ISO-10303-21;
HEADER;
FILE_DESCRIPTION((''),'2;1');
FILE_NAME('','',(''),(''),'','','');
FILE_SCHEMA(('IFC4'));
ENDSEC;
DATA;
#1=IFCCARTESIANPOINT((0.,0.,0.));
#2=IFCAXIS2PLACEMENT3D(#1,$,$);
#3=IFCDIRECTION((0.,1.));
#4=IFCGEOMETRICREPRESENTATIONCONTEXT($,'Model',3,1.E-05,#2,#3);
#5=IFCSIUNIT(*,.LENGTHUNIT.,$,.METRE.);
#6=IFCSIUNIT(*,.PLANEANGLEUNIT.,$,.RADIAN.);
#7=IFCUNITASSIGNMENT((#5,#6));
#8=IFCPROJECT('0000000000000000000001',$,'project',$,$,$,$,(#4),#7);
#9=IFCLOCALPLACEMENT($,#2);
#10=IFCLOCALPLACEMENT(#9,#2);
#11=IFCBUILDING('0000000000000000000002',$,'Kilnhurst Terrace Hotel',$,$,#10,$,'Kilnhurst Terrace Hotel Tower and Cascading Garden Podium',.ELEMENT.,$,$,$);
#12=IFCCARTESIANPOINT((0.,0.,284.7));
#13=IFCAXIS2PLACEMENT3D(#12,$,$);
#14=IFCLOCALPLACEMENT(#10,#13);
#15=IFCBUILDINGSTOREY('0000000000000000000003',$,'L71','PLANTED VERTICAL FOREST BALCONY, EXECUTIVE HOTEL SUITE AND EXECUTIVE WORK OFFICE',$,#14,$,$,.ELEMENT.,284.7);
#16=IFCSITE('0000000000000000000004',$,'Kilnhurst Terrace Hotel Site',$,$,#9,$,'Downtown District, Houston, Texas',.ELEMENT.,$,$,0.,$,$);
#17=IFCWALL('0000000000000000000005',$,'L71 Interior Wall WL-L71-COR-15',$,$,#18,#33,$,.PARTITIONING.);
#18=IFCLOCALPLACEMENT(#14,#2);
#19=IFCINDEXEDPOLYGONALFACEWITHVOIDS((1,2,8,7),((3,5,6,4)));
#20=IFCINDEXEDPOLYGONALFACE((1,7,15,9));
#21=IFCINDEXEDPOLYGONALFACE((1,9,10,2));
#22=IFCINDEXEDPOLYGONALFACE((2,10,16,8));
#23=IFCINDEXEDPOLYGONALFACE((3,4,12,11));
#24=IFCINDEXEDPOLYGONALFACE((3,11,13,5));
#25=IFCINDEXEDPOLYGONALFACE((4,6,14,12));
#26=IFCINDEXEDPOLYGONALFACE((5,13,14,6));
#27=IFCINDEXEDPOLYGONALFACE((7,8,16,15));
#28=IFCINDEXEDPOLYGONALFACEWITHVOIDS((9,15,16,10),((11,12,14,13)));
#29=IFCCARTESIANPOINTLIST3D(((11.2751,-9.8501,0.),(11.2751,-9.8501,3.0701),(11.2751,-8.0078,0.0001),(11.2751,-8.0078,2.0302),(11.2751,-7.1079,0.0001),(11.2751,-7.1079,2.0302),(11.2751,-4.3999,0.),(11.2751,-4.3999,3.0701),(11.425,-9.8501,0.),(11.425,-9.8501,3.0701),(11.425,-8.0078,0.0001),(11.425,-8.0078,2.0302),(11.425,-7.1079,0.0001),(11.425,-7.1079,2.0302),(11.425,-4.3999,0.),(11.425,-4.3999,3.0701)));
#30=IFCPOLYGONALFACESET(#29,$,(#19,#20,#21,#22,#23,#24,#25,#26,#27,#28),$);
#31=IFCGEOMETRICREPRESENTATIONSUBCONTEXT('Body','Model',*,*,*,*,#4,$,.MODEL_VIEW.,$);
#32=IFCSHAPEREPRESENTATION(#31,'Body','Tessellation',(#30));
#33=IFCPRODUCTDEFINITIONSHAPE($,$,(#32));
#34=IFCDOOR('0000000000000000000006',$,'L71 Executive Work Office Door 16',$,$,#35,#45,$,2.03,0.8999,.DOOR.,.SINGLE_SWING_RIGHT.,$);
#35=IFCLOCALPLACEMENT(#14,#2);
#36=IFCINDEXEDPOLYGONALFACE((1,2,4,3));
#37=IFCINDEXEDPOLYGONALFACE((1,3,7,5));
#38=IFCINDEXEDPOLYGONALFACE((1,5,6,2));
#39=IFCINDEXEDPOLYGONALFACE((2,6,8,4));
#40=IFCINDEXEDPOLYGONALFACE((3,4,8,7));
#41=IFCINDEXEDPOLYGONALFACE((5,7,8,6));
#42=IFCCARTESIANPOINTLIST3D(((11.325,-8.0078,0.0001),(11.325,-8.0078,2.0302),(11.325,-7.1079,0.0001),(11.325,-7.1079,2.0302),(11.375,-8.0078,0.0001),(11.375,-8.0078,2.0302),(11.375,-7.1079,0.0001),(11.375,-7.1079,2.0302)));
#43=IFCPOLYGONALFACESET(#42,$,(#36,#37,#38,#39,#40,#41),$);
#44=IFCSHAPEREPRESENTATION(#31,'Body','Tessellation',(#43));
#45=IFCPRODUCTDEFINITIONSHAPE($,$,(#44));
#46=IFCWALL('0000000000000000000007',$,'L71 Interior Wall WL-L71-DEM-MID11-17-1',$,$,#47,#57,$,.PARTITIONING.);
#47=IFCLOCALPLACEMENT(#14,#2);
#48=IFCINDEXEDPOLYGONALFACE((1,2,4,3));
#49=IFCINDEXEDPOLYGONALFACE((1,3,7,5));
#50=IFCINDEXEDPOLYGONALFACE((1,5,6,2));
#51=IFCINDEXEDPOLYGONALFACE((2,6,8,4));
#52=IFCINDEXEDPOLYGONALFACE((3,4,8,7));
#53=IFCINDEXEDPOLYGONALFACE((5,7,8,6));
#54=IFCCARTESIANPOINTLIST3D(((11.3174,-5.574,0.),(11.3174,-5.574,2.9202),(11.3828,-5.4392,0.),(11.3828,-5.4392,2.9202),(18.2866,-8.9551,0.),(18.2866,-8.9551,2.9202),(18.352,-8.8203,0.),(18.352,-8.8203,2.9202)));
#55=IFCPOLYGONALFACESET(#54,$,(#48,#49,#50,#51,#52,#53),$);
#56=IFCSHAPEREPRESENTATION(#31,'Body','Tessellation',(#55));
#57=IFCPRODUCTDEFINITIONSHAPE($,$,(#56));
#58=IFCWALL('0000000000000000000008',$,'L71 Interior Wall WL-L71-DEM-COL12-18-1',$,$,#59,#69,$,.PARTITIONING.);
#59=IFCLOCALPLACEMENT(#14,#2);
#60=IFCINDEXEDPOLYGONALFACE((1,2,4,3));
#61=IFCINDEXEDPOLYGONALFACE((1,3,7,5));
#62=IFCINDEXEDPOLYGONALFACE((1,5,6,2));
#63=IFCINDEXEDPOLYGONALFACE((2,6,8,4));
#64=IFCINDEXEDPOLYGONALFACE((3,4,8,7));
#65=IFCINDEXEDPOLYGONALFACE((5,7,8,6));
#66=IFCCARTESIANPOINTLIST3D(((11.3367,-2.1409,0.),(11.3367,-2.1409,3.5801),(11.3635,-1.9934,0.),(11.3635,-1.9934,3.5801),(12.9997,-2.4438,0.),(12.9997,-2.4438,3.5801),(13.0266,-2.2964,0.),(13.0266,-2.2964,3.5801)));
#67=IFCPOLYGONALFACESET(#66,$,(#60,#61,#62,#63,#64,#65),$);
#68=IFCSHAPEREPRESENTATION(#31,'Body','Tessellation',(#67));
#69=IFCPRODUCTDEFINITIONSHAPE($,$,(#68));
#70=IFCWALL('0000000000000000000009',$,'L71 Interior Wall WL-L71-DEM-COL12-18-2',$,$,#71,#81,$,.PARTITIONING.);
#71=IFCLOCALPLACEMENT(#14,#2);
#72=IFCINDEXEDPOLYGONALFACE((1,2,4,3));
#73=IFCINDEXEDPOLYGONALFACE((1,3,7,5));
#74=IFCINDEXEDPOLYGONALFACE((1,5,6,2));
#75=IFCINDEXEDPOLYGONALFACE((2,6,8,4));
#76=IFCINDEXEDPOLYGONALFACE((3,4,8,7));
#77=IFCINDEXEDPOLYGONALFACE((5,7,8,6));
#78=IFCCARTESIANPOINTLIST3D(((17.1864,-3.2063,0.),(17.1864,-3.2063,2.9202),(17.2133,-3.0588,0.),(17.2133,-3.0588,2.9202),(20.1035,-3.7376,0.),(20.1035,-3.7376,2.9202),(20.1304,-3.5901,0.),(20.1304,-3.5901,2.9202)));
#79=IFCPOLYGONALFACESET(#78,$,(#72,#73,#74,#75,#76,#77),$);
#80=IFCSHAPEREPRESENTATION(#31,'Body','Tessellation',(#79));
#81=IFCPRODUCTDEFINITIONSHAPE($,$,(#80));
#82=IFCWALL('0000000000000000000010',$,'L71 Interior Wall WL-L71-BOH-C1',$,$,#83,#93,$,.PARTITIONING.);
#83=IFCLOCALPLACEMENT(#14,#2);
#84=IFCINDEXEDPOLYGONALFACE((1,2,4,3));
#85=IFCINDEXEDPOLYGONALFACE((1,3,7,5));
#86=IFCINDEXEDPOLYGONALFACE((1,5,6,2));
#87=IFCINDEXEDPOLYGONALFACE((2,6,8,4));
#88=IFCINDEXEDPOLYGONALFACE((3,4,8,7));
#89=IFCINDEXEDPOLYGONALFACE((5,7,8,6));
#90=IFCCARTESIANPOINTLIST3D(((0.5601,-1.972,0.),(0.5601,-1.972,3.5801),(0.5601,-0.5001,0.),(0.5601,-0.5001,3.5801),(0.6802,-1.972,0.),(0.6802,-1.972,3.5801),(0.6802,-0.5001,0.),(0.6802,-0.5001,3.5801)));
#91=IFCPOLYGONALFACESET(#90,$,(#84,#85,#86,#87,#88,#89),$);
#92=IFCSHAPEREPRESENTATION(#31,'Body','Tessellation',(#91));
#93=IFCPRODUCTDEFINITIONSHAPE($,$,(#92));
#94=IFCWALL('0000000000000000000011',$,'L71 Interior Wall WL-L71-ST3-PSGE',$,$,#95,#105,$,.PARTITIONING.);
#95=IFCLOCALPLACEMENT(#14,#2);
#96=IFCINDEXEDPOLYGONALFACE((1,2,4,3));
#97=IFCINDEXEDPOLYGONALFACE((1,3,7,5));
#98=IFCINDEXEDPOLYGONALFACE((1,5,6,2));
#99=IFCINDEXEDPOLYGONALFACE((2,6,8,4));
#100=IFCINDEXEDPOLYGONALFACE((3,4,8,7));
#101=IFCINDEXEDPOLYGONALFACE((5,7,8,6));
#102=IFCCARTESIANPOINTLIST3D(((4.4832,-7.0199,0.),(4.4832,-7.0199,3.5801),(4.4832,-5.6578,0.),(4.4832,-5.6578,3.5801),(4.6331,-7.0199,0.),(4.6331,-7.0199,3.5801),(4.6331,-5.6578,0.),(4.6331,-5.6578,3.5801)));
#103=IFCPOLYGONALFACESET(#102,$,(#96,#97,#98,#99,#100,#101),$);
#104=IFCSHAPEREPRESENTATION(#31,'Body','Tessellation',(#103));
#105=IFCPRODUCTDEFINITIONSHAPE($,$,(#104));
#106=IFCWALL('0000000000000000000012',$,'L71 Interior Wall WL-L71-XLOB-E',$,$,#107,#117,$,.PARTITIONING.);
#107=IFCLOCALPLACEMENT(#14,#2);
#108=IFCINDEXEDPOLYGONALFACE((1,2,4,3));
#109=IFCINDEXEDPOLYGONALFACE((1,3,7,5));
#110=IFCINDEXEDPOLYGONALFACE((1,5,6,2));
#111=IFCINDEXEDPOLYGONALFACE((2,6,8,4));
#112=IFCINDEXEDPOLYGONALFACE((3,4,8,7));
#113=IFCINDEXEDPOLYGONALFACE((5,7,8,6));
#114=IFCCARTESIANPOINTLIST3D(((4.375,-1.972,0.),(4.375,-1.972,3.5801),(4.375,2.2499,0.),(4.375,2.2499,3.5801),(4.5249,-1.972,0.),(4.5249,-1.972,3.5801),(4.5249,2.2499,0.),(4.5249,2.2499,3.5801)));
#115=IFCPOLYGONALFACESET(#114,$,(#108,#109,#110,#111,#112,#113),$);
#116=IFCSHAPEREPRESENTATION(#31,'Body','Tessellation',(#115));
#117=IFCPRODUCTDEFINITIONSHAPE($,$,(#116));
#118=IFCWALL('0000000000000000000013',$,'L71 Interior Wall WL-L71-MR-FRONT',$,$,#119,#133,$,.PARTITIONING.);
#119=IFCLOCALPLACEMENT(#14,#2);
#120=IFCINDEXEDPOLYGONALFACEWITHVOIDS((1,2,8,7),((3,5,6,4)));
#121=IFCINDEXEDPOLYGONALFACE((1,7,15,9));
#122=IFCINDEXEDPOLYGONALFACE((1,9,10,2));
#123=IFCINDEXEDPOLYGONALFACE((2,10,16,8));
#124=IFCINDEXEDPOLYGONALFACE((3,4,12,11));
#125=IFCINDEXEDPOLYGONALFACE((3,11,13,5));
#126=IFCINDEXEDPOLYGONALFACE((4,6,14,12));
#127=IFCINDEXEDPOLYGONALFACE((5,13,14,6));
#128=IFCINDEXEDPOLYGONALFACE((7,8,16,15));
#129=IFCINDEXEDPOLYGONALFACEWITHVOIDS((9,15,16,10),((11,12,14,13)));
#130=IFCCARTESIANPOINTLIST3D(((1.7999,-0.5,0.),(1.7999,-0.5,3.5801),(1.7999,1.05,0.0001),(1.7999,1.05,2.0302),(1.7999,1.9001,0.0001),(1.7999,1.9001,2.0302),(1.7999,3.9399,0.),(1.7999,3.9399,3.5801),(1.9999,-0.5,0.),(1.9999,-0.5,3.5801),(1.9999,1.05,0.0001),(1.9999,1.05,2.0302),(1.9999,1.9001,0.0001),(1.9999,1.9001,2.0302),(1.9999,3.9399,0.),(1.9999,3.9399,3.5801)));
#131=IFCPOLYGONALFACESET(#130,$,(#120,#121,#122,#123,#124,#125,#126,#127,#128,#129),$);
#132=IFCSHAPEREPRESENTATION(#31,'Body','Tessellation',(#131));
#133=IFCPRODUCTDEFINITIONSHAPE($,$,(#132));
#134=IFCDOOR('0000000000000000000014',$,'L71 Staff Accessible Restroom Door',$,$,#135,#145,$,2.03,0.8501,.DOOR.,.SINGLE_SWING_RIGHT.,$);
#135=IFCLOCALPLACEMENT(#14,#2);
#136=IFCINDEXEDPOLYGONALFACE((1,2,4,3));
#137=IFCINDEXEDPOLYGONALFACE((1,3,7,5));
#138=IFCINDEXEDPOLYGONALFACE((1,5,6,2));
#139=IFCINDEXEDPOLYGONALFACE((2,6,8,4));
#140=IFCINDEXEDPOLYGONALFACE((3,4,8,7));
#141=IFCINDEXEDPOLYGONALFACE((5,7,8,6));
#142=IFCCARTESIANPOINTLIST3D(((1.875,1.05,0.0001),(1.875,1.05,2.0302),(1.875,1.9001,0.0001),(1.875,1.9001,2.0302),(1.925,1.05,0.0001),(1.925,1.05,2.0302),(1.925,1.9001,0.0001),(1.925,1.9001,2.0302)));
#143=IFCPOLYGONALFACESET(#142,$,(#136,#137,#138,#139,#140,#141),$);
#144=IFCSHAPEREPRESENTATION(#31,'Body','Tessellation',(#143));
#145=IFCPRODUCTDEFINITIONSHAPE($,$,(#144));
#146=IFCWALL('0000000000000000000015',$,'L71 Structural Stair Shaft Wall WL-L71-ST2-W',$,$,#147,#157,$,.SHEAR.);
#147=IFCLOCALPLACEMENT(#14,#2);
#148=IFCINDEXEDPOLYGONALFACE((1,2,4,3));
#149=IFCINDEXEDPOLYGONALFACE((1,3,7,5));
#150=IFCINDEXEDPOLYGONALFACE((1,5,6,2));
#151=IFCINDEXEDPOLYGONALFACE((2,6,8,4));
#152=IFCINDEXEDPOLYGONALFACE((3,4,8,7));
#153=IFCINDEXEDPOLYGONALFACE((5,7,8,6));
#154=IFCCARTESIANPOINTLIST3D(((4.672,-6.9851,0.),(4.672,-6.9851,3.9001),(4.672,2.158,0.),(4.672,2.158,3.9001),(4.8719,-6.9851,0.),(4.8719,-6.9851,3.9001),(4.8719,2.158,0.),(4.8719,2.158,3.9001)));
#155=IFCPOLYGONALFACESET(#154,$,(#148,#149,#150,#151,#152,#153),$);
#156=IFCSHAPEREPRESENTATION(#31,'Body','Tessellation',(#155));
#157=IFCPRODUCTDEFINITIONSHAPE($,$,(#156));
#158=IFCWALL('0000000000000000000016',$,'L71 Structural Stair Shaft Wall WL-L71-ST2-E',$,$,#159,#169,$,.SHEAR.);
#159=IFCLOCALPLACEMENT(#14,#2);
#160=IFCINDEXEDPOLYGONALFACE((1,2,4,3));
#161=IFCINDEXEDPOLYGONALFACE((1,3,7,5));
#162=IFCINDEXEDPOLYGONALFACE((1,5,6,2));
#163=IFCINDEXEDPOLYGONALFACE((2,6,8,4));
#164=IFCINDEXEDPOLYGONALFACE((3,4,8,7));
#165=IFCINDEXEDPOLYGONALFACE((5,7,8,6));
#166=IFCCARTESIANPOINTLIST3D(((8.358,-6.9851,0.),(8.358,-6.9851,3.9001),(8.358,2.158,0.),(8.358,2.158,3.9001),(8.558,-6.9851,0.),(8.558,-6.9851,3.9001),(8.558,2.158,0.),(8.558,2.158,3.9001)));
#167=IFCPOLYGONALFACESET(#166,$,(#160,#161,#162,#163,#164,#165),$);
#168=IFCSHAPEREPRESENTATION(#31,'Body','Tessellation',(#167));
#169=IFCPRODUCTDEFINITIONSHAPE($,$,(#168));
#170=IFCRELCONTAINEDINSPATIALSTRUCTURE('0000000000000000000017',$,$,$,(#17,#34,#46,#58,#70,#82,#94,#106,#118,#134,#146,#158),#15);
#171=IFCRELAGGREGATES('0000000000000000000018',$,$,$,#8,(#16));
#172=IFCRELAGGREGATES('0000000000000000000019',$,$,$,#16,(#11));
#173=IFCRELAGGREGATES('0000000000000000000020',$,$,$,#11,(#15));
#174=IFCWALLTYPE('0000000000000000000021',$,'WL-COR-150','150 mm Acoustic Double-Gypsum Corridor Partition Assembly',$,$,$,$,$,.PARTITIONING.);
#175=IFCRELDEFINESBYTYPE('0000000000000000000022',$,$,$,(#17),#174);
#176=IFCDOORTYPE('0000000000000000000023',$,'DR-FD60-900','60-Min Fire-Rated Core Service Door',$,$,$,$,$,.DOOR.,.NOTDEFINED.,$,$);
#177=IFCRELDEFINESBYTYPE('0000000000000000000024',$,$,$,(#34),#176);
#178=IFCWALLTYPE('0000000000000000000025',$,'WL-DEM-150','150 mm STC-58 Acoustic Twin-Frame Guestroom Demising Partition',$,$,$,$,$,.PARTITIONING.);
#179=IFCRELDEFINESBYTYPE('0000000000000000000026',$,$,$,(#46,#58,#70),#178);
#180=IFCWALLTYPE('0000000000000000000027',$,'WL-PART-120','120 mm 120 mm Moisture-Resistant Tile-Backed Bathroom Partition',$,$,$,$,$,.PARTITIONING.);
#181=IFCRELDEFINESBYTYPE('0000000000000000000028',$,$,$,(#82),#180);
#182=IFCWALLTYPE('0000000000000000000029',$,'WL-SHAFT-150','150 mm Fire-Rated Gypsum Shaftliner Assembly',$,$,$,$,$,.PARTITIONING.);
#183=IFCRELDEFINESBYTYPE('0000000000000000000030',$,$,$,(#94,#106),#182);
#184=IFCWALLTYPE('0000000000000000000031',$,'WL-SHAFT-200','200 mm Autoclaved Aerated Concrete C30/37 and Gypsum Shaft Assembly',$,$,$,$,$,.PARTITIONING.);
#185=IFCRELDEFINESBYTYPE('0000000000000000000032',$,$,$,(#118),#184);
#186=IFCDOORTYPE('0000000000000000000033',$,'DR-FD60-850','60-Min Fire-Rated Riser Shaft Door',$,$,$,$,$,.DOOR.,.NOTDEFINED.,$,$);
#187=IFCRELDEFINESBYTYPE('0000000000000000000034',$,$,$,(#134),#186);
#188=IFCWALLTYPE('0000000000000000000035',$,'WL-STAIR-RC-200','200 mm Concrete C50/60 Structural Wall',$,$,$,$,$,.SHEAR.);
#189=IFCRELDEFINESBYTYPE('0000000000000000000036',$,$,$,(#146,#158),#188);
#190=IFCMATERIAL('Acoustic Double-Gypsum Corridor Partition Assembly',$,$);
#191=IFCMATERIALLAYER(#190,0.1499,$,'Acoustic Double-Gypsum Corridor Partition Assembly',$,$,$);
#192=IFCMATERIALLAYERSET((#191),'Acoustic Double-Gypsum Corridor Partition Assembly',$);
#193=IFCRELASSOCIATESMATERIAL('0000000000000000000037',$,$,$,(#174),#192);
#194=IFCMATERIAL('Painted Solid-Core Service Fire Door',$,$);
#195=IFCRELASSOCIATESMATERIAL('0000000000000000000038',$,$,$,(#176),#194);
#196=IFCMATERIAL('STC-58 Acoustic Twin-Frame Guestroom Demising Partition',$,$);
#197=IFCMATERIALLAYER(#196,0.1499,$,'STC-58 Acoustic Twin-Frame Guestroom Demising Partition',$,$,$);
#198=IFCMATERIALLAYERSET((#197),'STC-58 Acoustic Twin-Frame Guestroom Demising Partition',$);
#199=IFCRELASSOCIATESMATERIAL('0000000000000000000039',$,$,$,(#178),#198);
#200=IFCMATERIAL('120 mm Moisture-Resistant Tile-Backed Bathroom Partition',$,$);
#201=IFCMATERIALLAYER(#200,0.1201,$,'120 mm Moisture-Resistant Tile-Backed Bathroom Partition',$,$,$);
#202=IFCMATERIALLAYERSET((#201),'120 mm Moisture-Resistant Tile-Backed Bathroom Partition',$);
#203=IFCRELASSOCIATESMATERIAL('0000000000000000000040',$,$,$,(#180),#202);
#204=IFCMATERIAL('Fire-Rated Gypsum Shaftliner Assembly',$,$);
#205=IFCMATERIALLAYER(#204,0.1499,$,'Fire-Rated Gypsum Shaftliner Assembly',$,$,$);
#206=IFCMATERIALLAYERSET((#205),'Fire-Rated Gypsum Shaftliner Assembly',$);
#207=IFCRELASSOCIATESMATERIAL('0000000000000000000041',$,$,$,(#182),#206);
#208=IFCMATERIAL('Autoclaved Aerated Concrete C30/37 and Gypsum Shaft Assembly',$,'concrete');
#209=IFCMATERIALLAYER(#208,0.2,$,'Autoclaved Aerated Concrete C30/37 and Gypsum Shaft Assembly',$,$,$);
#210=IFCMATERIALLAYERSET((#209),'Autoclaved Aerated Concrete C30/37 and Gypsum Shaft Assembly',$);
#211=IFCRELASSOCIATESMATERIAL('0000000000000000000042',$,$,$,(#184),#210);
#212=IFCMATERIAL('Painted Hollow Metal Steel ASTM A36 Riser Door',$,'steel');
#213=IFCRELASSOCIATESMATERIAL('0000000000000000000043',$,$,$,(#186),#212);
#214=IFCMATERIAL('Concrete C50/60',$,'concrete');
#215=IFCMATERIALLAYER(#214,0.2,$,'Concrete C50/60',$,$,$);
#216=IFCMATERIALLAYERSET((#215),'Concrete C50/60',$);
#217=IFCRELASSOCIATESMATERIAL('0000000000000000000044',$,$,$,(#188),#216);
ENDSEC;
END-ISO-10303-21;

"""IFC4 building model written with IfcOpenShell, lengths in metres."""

from ifc_helpers import new_model, si_unit, direction, frame, frame_2d, origin, place, context, subcontext, project, spatial, rectangle, extrude, material, layer, layer_set, type_object, element, fill, save


model = new_model("IFC4")

# Units and contexts
model_context = context("Model", 3, precision=1e-05, world=origin(), true_north=direction((0.0, 1.0)))
body_context = subcontext(model_context, "Body", "Model", "MODEL_VIEW")
ifc_project = project(units=[si_unit("LENGTHUNIT", "METRE"), si_unit("PLANEANGLEUNIT", "RADIAN")], contexts=[model_context])

# Site, building, storey
site_placement = place(None, origin())
site = spatial("IfcSite", under=ifc_project, at=site_placement, Name="Kilnhurst Terrace Hotel Site", LongName="Downtown District, Houston, Texas", CompositionType="ELEMENT", RefElevation=0.0)
building_placement = place(site_placement, origin())
building = spatial("IfcBuilding", under=site, at=building_placement, Name="Kilnhurst Terrace Hotel", LongName="Kilnhurst Terrace Hotel Tower and Cascading Garden Podium", CompositionType="ELEMENT")
storey_placement = place(building_placement, frame((0.0, 0.0, 284.7)))
storey = spatial("IfcBuildingStorey", under=building, at=storey_placement, Name="L71", Description="PLANTED VERTICAL FOREST BALCONY, EXECUTIVE HOTEL SUITE AND EXECUTIVE WORK OFFICE", CompositionType="ELEMENT", Elevation=284.7)

# Shared definitions
ifc_material_1 = material(Name="Concrete C50/60", Category="concrete")

# Shared definitions
ifc_material_2 = material(Name="Acoustic Double-Gypsum Corridor Partition Assembly")
ifc_layer_1 = layer(ifc_material_2, 0.1499, Name="Acoustic Double-Gypsum Corridor Partition Assembly")
ifc_layer_set_1 = layer_set([ifc_layer_1], Name="Acoustic Double-Gypsum Corridor Partition Assembly")
wall_type_1 = type_object("IfcWallType", Name="WL-COR-150", Description="150 mm Acoustic Double-Gypsum Corridor Partition Assembly", PredefinedType="PARTITIONING", material=ifc_layer_set_1)

# Wall, opening, door
ifc_material_3 = material(Name="Painted Solid-Core Service Fire Door")
door_type_1 = type_object("IfcDoorType", Name="DR-FD60-900", Description="60-Min Fire-Rated Core Service Door", OperationType="NOTDEFINED", PredefinedType="DOOR", material=ifc_material_3)
wall_1_placement = place(storey_placement, frame((11.3501, -4.3999, 0.0), z_axis=(0.0, 0.0, 1.0), x_axis=(0.0, -1.0, 0.0)))
wall_1 = element("IfcWall", 1, at=wall_1_placement, inside=storey, type_object=wall_type_1, Name="L71 Interior Wall WL-L71-COR-15", PredefinedType="PARTITIONING", context=body_context, shape_type="SweptSolid", body=[
    extrude(rectangle(XDim=5.4502, YDim=0.1499, at=frame_2d((2.7251, 0.0))), origin(), (0.0, 0.0, 1.0), 3.0701),
])
opening_1_placement = place(wall_1_placement, frame((2.708, 0.0, 0.0)))
opening_1 = element("IfcOpeningElement", 2, at=opening_1_placement, cuts=wall_1, PredefinedType="OPENING", context=body_context, shape_type="SweptSolid", body=[
    extrude(rectangle(XDim=0.8999, YDim=2.03, at=frame_2d((0.45, 1.0151))), frame((0.0, 0.085, 0.0), z_axis=(0.0, -1.0, 0.0), x_axis=(1.0, 0.0, 0.0)), (0.0, 0.0, 1.0), 0.1699),
])
door_1_placement = place(opening_1_placement, origin())
door_1 = element("IfcDoor", 3, at=door_1_placement, inside=storey, type_object=door_type_1, Name="L71 Executive Work Office Door 16", OperationType="SINGLE_SWING_RIGHT", OverallHeight=2.03, OverallWidth=0.8999, PredefinedType="DOOR", context=body_context, shape_type="SweptSolid", body=[
    extrude(rectangle(XDim=0.8999, YDim=2.03, at=frame_2d((0.45, 1.0151))), frame((0.0, 0.0249, 0.0), z_axis=(0.0, -1.0, 0.0), x_axis=(1.0, 0.0, 0.0)), (0.0, 0.0, 1.0), 0.05),
])
fill(opening_1, door_1)

# Walls
ifc_material_4 = material(Name="STC-58 Acoustic Twin-Frame Guestroom Demising Partition")
ifc_layer_2 = layer(ifc_material_4, 0.1499, Name="STC-58 Acoustic Twin-Frame Guestroom Demising Partition")
ifc_layer_set_2 = layer_set([ifc_layer_2], Name="STC-58 Acoustic Twin-Frame Guestroom Demising Partition")
wall_type_2 = type_object("IfcWallType", Name="WL-DEM-150", Description="150 mm STC-58 Acoustic Twin-Frame Guestroom Demising Partition", PredefinedType="PARTITIONING", material=ifc_layer_set_2)
wall_2_placement = place(storey_placement, frame((11.3501, -5.5066, 0.0), z_axis=(0.0, 0.0, 1.0), x_axis=(0.899709, -0.436491, 0.0)))
element("IfcWall", 4, at=wall_2_placement, inside=storey, type_object=wall_type_2, Name="L71 Interior Wall WL-L71-DEM-MID11-17-1", PredefinedType="PARTITIONING", context=body_context, shape_type="SweptSolid", body=[
    extrude(rectangle(XDim=7.7461, YDim=0.1499, at=frame_2d((3.873, 0.0))), origin(), (0.0, 0.0, 1.0), 2.9202),
])
wall_3_placement = place(storey_placement, frame((11.3501, -2.0671, 0.0), z_axis=(0.0, 0.0, 1.0), x_axis=(0.983807, -0.179229, 0.0)))
element("IfcWall", 5, at=wall_3_placement, inside=storey, type_object=wall_type_2, Name="L71 Interior Wall WL-L71-DEM-COL12-18-1", PredefinedType="PARTITIONING", context=body_context, shape_type="SweptSolid", body=[
    extrude(rectangle(XDim=1.6904, YDim=0.1499, at=frame_2d((0.8452, 0.0))), origin(), (0.0, 0.0, 1.0), 3.5801),
])
wall_4_placement = place(storey_placement, frame((17.2, -3.1326, 0.0), z_axis=(0.0, 0.0, 1.0), x_axis=(0.983817, -0.179175, 0.0)))
element("IfcWall", 6, at=wall_4_placement, inside=storey, type_object=wall_type_2, Name="L71 Interior Wall WL-L71-DEM-COL12-18-2", PredefinedType="PARTITIONING", context=body_context, shape_type="SweptSolid", body=[
    extrude(rectangle(XDim=2.9651, YDim=0.1499, at=frame_2d((1.4824, 0.0))), origin(), (0.0, 0.0, 1.0), 2.9202),
])
ifc_material_5 = material(Name="120 mm Moisture-Resistant Tile-Backed Bathroom Partition")
ifc_layer_3 = layer(ifc_material_5, 0.1201, Name="120 mm Moisture-Resistant Tile-Backed Bathroom Partition")
ifc_layer_set_3 = layer_set([ifc_layer_3], Name="120 mm Moisture-Resistant Tile-Backed Bathroom Partition")
wall_type_3 = type_object("IfcWallType", Name="WL-PART-120", Description="120 mm 120 mm Moisture-Resistant Tile-Backed Bathroom Partition", PredefinedType="PARTITIONING", material=ifc_layer_set_3)
wall_5_placement = place(storey_placement, frame((0.6201, -1.9719, 0.0), z_axis=(0.0, 0.0, 1.0), x_axis=(0.0, 1.0, 0.0)))
element("IfcWall", 7, at=wall_5_placement, inside=storey, type_object=wall_type_3, Name="L71 Interior Wall WL-L71-BOH-C1", PredefinedType="PARTITIONING", context=body_context, shape_type="SweptSolid", body=[
    extrude(rectangle(XDim=1.4719, YDim=0.1201, at=frame_2d((0.7358, 0.0))), origin(), (0.0, 0.0, 1.0), 3.5801),
])
ifc_material_6 = material(Name="Fire-Rated Gypsum Shaftliner Assembly")
ifc_layer_4 = layer(ifc_material_6, 0.1499, Name="Fire-Rated Gypsum Shaftliner Assembly")
ifc_layer_set_4 = layer_set([ifc_layer_4], Name="Fire-Rated Gypsum Shaftliner Assembly")
wall_type_4 = type_object("IfcWallType", Name="WL-SHAFT-150", Description="150 mm Fire-Rated Gypsum Shaftliner Assembly", PredefinedType="PARTITIONING", material=ifc_layer_set_4)
wall_6_placement = place(storey_placement, frame((4.5581, -7.02, 0.0), z_axis=(0.0, 0.0, 1.0), x_axis=(0.0, 1.0, 0.0)))
element("IfcWall", 8, at=wall_6_placement, inside=storey, type_object=wall_type_4, Name="L71 Interior Wall WL-L71-ST3-PSGE", PredefinedType="PARTITIONING", context=body_context, shape_type="SweptSolid", body=[
    extrude(rectangle(XDim=1.3621, YDim=0.1499, at=frame_2d((0.6812, 0.0))), origin(), (0.0, 0.0, 1.0), 3.5801),
])
wall_7_placement = place(storey_placement, frame((4.45, -1.9719, 0.0), z_axis=(0.0, 0.0, 1.0), x_axis=(0.0, 1.0, 0.0)))
element("IfcWall", 9, at=wall_7_placement, inside=storey, type_object=wall_type_4, Name="L71 Interior Wall WL-L71-XLOB-E", PredefinedType="PARTITIONING", context=body_context, shape_type="SweptSolid", body=[
    extrude(rectangle(XDim=4.2219, YDim=0.1499, at=frame_2d((2.1108, 0.0))), origin(), (0.0, 0.0, 1.0), 3.5801),
])

# Wall, opening, door
ifc_material_7 = material(Name="Autoclaved Aerated Concrete C30/37 and Gypsum Shaft Assembly", Category="concrete")
ifc_layer_5 = layer(ifc_material_7, 0.2, Name="Autoclaved Aerated Concrete C30/37 and Gypsum Shaft Assembly")
ifc_layer_set_5 = layer_set([ifc_layer_5], Name="Autoclaved Aerated Concrete C30/37 and Gypsum Shaft Assembly")
wall_type_5 = type_object("IfcWallType", Name="WL-SHAFT-200", Description="200 mm Autoclaved Aerated Concrete C30/37 and Gypsum Shaft Assembly", PredefinedType="PARTITIONING", material=ifc_layer_set_5)
wall_8_placement = place(storey_placement, frame((1.8999, -0.5, 0.0), z_axis=(0.0, 0.0, 1.0), x_axis=(0.0, 1.0, 0.0)))
wall_8 = element("IfcWall", 10, at=wall_8_placement, inside=storey, type_object=wall_type_5, Name="L71 Interior Wall WL-L71-MR-FRONT", PredefinedType="PARTITIONING", context=body_context, shape_type="SweptSolid", body=[
    extrude(rectangle(XDim=4.4399, YDim=0.2, at=frame_2d((2.22, 0.0))), origin(), (0.0, 0.0, 1.0), 3.5801),
])
opening_2_placement = place(wall_8_placement, frame((1.55, 0.0, 0.0)))
opening_2 = element("IfcOpeningElement", 11, at=opening_2_placement, cuts=wall_8, PredefinedType="OPENING", context=body_context, shape_type="SweptSolid", body=[
    extrude(rectangle(XDim=0.8501, YDim=2.03, at=frame_2d((0.425, 1.0151))), frame((0.0, 0.1099, 0.0), z_axis=(0.0, -1.0, 0.0), x_axis=(1.0, 0.0, 0.0)), (0.0, 0.0, 1.0), 0.22),
])
ifc_material_8 = material(Name="Painted Hollow Metal Steel ASTM A36 Riser Door", Category="steel")
door_type_2 = type_object("IfcDoorType", Name="DR-FD60-850", Description="60-Min Fire-Rated Riser Shaft Door", OperationType="NOTDEFINED", PredefinedType="DOOR", material=ifc_material_8)
door_2_placement = place(opening_2_placement, origin())
door_2 = element("IfcDoor", 12, at=door_2_placement, inside=storey, type_object=door_type_2, Name="L71 Staff Accessible Restroom Door", OperationType="SINGLE_SWING_RIGHT", OverallHeight=2.03, OverallWidth=0.8501, PredefinedType="DOOR", context=body_context, shape_type="SweptSolid", body=[
    extrude(rectangle(XDim=0.8501, YDim=2.03, at=frame_2d((0.425, 1.0151))), frame((0.0, 0.0249, 0.0), z_axis=(0.0, -1.0, 0.0), x_axis=(1.0, 0.0, 0.0)), (0.0, 0.0, 1.0), 0.05),
])
fill(opening_2, door_2)

# Walls
ifc_layer_6 = layer(ifc_material_1, 0.2, Name="Concrete C50/60")
ifc_layer_set_6 = layer_set([ifc_layer_6], Name="Concrete C50/60")
wall_type_6 = type_object("IfcWallType", Name="WL-STAIR-RC-200", Description="200 mm Concrete C50/60 Structural Wall", PredefinedType="SHEAR", material=ifc_layer_set_6)
for number, where, z_axis, x_axis, name in (
    (13, (4.772, -6.9851, 0.0), (0.0, 0.0, 1.0), (0.0, 1.0, 0.0), "L71 Structural Stair Shaft Wall WL-L71-ST2-W"),
    (14, (8.458, -6.9851, 0.0), (0.0, 0.0, 1.0), (0.0, 1.0, 0.0), "L71 Structural Stair Shaft Wall WL-L71-ST2-E"),
):
    element("IfcWall", number, at=place(storey_placement, frame(where, z_axis=z_axis, x_axis=x_axis)), inside=storey, type_object=wall_type_6, Name=name, PredefinedType="SHEAR", context=body_context, shape_type="SweptSolid", body=[
        extrude(rectangle(XDim=9.1431, YDim=0.2, at=frame_2d((4.5715, 0.0))), origin(), (0.0, 0.0, 1.0), 3.9001),
    ])

save(model, "model.ifc")
